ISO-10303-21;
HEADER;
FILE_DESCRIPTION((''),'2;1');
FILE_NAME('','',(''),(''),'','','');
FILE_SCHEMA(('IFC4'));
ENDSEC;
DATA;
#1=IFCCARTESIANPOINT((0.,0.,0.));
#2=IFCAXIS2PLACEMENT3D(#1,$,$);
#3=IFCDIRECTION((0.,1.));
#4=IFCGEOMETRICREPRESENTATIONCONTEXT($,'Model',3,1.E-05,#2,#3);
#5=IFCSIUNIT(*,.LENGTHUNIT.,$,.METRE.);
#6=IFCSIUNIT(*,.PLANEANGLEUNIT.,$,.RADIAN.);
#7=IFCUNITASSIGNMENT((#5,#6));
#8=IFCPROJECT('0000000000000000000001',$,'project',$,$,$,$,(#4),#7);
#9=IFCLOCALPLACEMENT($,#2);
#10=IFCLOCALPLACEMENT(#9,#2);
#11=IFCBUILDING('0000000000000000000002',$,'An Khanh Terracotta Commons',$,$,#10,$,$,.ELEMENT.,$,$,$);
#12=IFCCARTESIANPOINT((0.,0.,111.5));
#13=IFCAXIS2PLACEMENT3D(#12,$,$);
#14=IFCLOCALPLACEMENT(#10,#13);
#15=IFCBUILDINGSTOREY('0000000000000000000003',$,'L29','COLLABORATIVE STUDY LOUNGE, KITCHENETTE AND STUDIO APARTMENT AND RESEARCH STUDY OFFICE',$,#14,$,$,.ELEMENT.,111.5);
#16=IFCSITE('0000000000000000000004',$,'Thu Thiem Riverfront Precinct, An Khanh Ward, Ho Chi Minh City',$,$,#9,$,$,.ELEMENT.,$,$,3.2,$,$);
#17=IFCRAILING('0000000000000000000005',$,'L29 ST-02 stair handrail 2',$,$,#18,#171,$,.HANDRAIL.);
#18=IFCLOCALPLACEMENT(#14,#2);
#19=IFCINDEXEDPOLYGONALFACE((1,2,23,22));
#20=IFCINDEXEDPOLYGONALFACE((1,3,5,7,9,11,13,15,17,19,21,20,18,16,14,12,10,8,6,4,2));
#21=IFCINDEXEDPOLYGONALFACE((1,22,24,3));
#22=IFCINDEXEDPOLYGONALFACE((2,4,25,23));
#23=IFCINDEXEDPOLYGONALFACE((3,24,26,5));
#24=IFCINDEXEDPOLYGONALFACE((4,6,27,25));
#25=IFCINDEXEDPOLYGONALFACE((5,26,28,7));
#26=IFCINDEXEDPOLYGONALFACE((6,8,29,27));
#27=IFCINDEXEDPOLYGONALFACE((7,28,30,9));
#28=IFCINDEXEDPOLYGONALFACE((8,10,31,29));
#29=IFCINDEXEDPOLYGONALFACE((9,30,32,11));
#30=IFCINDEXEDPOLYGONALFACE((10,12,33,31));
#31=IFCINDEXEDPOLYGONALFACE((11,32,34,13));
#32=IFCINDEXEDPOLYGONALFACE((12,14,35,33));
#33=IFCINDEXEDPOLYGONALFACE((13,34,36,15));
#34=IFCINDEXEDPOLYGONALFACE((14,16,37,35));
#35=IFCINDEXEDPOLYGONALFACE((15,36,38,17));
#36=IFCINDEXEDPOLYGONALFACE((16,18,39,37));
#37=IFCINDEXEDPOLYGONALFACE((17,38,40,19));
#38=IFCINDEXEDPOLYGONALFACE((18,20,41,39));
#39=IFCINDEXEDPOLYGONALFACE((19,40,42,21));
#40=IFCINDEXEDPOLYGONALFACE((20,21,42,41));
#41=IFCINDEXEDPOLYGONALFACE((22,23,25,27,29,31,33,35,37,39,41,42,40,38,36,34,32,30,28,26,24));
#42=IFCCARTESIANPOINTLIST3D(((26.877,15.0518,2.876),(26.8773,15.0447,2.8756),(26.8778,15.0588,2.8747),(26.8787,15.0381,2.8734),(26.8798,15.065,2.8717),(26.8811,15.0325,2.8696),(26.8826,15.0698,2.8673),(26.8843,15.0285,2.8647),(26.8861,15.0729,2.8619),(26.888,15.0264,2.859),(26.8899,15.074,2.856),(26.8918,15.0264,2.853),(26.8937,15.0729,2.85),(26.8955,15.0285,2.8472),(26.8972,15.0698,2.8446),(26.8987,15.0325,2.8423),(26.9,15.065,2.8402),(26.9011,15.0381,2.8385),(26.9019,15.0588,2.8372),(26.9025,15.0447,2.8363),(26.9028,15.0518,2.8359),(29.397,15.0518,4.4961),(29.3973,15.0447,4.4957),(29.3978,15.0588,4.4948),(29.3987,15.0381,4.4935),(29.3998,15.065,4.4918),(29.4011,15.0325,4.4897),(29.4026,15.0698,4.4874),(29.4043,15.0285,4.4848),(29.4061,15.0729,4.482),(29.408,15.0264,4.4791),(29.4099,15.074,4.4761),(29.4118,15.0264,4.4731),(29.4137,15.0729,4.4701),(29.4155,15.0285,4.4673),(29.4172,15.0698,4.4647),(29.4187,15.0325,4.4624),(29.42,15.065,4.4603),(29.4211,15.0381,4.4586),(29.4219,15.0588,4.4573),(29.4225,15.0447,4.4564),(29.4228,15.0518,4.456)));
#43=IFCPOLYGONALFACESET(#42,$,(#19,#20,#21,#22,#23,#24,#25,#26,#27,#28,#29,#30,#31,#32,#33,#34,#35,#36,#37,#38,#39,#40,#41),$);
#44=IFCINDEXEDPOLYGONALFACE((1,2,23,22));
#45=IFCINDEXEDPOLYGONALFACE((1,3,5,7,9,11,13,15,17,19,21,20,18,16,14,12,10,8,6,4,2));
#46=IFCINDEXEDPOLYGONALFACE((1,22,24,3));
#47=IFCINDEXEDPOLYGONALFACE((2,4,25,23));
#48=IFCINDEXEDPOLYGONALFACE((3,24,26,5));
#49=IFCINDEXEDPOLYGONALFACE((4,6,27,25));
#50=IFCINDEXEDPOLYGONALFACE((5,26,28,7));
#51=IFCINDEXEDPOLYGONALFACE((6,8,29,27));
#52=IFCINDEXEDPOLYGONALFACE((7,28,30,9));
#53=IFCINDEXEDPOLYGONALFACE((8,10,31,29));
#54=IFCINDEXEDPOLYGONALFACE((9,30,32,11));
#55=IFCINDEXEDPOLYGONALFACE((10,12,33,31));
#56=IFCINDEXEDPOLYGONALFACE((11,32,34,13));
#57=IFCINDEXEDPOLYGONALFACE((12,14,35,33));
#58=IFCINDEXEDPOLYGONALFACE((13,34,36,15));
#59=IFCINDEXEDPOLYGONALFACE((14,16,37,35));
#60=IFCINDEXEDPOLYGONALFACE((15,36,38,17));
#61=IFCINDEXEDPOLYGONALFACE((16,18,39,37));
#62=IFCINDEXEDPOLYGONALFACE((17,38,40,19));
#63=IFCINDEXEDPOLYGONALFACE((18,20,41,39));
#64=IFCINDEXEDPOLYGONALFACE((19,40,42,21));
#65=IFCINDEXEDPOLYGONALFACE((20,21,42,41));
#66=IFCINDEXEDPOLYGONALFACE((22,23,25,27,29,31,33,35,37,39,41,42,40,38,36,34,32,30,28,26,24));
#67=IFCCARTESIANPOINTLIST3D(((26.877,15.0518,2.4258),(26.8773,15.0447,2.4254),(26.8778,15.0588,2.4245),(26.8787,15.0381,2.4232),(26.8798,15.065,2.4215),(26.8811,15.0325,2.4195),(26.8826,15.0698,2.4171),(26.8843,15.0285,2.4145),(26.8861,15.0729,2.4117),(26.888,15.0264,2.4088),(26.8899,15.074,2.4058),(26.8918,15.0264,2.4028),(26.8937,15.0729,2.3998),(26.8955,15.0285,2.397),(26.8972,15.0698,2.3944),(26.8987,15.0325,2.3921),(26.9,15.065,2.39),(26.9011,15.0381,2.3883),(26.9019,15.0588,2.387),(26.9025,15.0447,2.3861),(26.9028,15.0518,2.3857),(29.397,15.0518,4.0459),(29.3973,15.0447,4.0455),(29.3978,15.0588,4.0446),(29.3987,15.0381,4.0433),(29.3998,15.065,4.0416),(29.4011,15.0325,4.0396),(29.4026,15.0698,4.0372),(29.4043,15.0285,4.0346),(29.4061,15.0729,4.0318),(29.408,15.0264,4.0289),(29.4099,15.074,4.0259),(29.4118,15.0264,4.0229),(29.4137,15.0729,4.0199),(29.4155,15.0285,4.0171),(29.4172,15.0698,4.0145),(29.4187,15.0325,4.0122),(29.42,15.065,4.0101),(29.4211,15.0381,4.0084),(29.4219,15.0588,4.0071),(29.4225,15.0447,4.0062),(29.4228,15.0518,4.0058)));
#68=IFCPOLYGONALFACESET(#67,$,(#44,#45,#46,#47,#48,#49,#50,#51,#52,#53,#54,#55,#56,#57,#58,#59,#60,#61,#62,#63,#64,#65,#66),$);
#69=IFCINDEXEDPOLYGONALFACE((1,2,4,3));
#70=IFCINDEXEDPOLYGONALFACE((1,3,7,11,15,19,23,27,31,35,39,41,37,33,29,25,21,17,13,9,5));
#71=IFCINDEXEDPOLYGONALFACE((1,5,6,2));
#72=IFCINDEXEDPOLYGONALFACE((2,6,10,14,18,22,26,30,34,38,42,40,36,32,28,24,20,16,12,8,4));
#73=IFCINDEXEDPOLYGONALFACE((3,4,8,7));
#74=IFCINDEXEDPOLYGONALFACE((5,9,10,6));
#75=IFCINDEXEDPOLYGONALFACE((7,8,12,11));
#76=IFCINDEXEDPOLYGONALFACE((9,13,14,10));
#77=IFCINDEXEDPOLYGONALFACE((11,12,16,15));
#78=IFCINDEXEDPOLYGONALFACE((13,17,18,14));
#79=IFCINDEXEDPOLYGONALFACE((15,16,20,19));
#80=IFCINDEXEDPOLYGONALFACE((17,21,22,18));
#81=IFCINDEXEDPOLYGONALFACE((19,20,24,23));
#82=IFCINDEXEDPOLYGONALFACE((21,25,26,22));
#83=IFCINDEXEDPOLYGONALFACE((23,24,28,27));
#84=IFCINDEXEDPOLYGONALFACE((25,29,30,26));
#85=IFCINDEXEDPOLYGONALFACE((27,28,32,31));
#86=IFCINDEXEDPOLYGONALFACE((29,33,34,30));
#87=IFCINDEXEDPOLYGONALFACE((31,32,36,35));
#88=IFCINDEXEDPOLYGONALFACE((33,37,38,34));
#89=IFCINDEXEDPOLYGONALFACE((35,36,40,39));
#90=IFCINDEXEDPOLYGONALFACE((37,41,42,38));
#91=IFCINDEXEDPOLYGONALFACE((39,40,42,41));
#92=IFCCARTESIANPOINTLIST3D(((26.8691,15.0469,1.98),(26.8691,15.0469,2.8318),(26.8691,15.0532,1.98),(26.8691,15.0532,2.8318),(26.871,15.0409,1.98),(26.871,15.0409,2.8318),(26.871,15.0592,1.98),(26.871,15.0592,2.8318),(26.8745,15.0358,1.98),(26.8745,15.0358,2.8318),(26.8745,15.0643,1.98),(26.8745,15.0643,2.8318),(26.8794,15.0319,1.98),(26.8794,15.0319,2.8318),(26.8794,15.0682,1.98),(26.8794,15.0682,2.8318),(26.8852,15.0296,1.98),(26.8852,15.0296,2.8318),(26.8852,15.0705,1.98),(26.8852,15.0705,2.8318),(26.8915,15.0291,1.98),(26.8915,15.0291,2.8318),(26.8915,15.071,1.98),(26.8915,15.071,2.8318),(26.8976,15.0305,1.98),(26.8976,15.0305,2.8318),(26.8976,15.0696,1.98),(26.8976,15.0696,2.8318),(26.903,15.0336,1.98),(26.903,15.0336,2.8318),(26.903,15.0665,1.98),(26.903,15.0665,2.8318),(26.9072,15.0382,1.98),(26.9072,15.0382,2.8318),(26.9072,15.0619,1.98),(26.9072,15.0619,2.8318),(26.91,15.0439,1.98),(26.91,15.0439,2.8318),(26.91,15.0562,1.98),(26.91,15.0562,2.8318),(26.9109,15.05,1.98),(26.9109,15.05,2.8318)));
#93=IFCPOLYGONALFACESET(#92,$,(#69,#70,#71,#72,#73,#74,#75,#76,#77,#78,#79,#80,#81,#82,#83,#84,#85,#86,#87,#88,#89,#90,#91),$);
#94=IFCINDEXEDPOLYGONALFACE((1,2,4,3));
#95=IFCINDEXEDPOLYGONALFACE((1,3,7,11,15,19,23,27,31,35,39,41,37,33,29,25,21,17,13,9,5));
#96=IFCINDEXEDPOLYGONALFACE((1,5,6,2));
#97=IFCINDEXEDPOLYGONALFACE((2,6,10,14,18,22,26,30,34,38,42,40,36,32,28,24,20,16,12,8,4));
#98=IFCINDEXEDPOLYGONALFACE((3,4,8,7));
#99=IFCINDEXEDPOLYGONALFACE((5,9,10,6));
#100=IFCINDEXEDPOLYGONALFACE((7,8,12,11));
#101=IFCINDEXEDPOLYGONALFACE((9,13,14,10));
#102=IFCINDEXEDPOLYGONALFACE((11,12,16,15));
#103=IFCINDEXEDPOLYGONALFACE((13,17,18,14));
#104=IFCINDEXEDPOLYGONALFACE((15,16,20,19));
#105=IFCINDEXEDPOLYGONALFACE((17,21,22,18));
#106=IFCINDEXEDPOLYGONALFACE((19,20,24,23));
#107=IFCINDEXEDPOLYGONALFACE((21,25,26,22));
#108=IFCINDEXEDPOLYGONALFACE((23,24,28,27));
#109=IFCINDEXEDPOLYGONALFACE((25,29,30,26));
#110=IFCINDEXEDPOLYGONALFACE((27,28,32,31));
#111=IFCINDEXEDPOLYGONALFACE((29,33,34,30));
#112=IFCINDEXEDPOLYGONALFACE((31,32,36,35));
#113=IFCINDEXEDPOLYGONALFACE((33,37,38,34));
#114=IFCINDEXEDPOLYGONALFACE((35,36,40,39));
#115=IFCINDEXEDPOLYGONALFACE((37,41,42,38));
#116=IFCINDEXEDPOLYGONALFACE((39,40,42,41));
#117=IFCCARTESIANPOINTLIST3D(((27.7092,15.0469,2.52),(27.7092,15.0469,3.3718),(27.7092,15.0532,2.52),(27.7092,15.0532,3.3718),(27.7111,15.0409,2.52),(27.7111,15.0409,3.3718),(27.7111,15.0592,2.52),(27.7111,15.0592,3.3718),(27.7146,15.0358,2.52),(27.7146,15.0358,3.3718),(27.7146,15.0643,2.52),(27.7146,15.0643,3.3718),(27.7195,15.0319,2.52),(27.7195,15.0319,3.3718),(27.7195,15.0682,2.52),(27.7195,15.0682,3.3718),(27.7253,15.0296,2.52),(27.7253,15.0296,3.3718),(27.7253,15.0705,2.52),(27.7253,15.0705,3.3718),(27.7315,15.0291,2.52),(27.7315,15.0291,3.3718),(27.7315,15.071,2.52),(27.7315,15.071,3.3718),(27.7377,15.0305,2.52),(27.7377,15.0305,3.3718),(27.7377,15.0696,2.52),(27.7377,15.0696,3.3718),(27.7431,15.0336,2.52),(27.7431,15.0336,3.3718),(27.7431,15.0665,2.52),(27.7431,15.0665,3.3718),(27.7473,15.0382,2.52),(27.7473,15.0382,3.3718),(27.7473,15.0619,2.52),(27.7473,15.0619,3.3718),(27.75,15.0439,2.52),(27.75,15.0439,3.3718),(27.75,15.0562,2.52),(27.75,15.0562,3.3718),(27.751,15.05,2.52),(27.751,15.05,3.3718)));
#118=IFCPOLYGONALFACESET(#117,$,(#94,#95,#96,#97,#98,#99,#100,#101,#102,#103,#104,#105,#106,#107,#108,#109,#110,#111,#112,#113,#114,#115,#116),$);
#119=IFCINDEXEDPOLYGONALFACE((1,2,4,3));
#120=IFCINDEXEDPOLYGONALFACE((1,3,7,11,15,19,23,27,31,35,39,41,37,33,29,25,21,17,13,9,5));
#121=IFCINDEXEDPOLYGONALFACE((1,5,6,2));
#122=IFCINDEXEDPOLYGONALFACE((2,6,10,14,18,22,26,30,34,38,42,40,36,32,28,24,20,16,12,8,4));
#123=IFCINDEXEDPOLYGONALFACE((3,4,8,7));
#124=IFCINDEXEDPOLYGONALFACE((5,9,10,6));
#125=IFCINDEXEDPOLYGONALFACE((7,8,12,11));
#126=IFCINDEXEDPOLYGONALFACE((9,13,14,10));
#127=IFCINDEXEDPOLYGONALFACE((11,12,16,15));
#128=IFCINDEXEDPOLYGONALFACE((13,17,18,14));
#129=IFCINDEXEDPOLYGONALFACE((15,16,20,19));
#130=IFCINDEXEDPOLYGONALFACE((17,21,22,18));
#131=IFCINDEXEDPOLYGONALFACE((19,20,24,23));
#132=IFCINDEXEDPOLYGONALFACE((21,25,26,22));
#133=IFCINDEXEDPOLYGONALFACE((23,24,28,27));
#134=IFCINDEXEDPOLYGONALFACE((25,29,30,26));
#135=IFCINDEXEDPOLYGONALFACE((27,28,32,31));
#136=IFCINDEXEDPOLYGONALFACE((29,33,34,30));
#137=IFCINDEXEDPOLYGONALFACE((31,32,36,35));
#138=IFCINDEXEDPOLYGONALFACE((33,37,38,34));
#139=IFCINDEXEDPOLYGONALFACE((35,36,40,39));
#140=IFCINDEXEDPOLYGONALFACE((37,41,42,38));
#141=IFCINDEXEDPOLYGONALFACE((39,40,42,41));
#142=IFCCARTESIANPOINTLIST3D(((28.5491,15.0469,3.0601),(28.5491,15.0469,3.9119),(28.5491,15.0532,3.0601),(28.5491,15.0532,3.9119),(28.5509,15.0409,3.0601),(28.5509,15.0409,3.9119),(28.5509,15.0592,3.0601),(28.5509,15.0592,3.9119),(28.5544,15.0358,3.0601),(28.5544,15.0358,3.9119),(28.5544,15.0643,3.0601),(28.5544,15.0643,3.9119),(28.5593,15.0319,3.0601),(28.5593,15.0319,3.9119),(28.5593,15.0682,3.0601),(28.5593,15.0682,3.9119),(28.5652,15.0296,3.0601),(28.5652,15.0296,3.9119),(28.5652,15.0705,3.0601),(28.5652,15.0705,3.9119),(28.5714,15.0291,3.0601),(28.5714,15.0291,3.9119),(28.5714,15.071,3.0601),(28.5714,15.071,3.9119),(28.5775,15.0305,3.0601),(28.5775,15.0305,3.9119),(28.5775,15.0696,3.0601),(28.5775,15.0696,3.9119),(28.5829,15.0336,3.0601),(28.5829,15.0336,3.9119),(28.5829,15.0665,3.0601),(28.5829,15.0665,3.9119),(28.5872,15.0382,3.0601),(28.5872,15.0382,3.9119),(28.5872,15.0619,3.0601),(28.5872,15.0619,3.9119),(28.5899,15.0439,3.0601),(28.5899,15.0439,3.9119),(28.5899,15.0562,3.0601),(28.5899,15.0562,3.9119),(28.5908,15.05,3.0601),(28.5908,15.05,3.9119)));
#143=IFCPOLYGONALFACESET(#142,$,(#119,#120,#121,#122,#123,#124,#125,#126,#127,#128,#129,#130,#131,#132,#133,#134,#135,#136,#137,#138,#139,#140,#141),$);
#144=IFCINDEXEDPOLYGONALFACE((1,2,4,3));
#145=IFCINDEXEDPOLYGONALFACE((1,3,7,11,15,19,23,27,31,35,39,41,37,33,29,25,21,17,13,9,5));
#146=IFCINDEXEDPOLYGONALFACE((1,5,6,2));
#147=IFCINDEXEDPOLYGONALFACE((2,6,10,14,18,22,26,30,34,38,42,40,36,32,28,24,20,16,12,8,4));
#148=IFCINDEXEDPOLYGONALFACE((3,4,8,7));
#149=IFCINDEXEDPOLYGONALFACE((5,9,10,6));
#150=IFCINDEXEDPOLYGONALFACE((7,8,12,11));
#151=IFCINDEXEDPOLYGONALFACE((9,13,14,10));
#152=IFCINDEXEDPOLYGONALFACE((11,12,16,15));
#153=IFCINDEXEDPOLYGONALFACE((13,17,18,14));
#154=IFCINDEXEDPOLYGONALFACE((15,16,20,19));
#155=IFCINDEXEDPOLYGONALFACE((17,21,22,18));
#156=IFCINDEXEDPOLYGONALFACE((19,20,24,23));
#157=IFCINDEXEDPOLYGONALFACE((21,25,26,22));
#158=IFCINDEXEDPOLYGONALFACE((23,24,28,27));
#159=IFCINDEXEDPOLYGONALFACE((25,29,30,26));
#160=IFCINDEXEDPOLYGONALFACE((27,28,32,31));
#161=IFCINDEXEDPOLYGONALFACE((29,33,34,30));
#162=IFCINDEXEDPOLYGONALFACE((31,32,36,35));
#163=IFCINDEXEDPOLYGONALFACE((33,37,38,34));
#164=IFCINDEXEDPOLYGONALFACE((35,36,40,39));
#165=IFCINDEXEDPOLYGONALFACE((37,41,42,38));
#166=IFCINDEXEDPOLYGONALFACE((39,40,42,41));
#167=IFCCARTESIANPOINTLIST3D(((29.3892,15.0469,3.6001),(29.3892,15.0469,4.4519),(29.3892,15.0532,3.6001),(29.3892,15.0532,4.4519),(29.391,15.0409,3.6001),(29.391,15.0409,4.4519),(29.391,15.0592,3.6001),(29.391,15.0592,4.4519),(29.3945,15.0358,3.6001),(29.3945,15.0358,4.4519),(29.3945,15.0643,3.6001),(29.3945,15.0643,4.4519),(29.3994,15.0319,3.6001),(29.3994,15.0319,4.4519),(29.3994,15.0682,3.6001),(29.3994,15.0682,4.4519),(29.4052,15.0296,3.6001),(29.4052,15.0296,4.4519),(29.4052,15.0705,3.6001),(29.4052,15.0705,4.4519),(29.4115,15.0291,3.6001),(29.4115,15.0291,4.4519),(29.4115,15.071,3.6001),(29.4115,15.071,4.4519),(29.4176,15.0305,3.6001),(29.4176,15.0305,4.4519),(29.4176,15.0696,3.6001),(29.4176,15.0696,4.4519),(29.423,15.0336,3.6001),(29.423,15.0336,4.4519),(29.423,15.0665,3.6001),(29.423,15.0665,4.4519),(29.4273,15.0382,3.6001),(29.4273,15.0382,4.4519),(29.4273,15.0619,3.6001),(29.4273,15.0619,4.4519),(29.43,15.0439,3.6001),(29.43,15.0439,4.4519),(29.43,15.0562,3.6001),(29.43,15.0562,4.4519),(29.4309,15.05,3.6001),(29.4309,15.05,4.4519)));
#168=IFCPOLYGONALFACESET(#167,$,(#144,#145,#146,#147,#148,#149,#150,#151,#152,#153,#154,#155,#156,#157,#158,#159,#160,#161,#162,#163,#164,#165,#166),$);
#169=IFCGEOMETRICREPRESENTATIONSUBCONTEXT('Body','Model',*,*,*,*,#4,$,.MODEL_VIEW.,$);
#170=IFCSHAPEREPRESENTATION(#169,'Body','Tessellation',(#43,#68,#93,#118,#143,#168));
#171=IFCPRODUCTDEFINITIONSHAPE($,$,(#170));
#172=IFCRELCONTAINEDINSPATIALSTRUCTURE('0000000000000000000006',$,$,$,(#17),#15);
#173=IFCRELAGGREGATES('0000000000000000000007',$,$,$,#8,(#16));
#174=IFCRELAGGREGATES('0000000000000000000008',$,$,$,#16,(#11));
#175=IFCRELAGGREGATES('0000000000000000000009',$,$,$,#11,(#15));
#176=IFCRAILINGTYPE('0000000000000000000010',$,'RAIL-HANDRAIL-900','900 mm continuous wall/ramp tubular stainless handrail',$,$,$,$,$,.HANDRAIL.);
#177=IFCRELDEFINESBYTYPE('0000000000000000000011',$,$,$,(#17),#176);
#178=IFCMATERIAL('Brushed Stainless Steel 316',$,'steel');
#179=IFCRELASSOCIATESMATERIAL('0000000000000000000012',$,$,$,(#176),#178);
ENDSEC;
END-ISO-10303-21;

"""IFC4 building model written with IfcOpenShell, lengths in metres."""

from ifc_helpers import new_model, si_unit, direction, frame, origin, origin_2d, place, context, subcontext, project, spatial, circle, extrude, material, type_object, element, save


model = new_model("IFC4")

# Units and contexts
model_context = context("Model", 3, precision=1e-05, world=origin(), true_north=direction((0.0, 1.0)))
body_context = subcontext(model_context, "Body", "Model", "MODEL_VIEW")
ifc_project = project(units=[si_unit("LENGTHUNIT", "METRE"), si_unit("PLANEANGLEUNIT", "RADIAN")], contexts=[model_context])

# Site, building, storey
site_placement = place(None, origin())
site = spatial("IfcSite", under=ifc_project, at=site_placement, Name="Thu Thiem Riverfront Precinct, An Khanh Ward, Ho Chi Minh City", CompositionType="ELEMENT", RefElevation=3.2)
building_placement = place(site_placement, origin())
building = spatial("IfcBuilding", under=site, at=building_placement, Name="An Khanh Terracotta Commons", CompositionType="ELEMENT")
storey_placement = place(building_placement, frame((0.0, 0.0, 111.5)))
storey = spatial("IfcBuildingStorey", under=building, at=storey_placement, Name="L29", Description="COLLABORATIVE STUDY LOUNGE, KITCHENETTE AND STUDIO APARTMENT AND RESEARCH STUDY OFFICE", CompositionType="ELEMENT", Elevation=111.5)

# Railing
ifc_material_1 = material(Name="Brushed Stainless Steel 316", Category="steel")
railing_type_1 = type_object("IfcRailingType", Name="RAIL-HANDRAIL-900", Description="900 mm continuous wall/ramp tubular stainless handrail", PredefinedType="HANDRAIL", material=ifc_material_1)
railing_1_placement = place(storey_placement, frame((26.8899, 15.05, 1.98)))
element("IfcRailing", 1, at=railing_1_placement, inside=storey, type_object=railing_type_1, Name="L29 ST-02 stair handrail 2", PredefinedType="HANDRAIL", context=body_context, shape_type="SweptSolid", body=[
    extrude(circle(Radius=0.0239, at=origin_2d()), frame((0.0, 0.0, 0.876), z_axis=(0.841163, 0.0, 0.540782), x_axis=(0.0, 1.0, 0.0)), (0.0, 0.0, 1.0), 2.9958),
    extrude(circle(Radius=0.0239, at=origin_2d()), frame((0.0, 0.0, 0.4258), z_axis=(0.841163, 0.0, 0.540782), x_axis=(0.0, 1.0, 0.0)), (0.0, 0.0, 1.0), 2.9958),
    extrude(circle(Radius=0.021, at=origin_2d()), origin(), (0.0, 0.0, 1.0), 0.8518),
    extrude(circle(Radius=0.021, at=origin_2d()), frame((0.8401, 0.0, 0.54)), (0.0, 0.0, 1.0), 0.8518),
    extrude(circle(Radius=0.021, at=origin_2d()), frame((1.6799, 0.0, 1.0801)), (0.0, 0.0, 1.0), 0.8518),
    extrude(circle(Radius=0.021, at=origin_2d()), frame((2.52, 0.0, 1.6201)), (0.0, 0.0, 1.0), 0.8518),
])

save(model, "model.ifc")
